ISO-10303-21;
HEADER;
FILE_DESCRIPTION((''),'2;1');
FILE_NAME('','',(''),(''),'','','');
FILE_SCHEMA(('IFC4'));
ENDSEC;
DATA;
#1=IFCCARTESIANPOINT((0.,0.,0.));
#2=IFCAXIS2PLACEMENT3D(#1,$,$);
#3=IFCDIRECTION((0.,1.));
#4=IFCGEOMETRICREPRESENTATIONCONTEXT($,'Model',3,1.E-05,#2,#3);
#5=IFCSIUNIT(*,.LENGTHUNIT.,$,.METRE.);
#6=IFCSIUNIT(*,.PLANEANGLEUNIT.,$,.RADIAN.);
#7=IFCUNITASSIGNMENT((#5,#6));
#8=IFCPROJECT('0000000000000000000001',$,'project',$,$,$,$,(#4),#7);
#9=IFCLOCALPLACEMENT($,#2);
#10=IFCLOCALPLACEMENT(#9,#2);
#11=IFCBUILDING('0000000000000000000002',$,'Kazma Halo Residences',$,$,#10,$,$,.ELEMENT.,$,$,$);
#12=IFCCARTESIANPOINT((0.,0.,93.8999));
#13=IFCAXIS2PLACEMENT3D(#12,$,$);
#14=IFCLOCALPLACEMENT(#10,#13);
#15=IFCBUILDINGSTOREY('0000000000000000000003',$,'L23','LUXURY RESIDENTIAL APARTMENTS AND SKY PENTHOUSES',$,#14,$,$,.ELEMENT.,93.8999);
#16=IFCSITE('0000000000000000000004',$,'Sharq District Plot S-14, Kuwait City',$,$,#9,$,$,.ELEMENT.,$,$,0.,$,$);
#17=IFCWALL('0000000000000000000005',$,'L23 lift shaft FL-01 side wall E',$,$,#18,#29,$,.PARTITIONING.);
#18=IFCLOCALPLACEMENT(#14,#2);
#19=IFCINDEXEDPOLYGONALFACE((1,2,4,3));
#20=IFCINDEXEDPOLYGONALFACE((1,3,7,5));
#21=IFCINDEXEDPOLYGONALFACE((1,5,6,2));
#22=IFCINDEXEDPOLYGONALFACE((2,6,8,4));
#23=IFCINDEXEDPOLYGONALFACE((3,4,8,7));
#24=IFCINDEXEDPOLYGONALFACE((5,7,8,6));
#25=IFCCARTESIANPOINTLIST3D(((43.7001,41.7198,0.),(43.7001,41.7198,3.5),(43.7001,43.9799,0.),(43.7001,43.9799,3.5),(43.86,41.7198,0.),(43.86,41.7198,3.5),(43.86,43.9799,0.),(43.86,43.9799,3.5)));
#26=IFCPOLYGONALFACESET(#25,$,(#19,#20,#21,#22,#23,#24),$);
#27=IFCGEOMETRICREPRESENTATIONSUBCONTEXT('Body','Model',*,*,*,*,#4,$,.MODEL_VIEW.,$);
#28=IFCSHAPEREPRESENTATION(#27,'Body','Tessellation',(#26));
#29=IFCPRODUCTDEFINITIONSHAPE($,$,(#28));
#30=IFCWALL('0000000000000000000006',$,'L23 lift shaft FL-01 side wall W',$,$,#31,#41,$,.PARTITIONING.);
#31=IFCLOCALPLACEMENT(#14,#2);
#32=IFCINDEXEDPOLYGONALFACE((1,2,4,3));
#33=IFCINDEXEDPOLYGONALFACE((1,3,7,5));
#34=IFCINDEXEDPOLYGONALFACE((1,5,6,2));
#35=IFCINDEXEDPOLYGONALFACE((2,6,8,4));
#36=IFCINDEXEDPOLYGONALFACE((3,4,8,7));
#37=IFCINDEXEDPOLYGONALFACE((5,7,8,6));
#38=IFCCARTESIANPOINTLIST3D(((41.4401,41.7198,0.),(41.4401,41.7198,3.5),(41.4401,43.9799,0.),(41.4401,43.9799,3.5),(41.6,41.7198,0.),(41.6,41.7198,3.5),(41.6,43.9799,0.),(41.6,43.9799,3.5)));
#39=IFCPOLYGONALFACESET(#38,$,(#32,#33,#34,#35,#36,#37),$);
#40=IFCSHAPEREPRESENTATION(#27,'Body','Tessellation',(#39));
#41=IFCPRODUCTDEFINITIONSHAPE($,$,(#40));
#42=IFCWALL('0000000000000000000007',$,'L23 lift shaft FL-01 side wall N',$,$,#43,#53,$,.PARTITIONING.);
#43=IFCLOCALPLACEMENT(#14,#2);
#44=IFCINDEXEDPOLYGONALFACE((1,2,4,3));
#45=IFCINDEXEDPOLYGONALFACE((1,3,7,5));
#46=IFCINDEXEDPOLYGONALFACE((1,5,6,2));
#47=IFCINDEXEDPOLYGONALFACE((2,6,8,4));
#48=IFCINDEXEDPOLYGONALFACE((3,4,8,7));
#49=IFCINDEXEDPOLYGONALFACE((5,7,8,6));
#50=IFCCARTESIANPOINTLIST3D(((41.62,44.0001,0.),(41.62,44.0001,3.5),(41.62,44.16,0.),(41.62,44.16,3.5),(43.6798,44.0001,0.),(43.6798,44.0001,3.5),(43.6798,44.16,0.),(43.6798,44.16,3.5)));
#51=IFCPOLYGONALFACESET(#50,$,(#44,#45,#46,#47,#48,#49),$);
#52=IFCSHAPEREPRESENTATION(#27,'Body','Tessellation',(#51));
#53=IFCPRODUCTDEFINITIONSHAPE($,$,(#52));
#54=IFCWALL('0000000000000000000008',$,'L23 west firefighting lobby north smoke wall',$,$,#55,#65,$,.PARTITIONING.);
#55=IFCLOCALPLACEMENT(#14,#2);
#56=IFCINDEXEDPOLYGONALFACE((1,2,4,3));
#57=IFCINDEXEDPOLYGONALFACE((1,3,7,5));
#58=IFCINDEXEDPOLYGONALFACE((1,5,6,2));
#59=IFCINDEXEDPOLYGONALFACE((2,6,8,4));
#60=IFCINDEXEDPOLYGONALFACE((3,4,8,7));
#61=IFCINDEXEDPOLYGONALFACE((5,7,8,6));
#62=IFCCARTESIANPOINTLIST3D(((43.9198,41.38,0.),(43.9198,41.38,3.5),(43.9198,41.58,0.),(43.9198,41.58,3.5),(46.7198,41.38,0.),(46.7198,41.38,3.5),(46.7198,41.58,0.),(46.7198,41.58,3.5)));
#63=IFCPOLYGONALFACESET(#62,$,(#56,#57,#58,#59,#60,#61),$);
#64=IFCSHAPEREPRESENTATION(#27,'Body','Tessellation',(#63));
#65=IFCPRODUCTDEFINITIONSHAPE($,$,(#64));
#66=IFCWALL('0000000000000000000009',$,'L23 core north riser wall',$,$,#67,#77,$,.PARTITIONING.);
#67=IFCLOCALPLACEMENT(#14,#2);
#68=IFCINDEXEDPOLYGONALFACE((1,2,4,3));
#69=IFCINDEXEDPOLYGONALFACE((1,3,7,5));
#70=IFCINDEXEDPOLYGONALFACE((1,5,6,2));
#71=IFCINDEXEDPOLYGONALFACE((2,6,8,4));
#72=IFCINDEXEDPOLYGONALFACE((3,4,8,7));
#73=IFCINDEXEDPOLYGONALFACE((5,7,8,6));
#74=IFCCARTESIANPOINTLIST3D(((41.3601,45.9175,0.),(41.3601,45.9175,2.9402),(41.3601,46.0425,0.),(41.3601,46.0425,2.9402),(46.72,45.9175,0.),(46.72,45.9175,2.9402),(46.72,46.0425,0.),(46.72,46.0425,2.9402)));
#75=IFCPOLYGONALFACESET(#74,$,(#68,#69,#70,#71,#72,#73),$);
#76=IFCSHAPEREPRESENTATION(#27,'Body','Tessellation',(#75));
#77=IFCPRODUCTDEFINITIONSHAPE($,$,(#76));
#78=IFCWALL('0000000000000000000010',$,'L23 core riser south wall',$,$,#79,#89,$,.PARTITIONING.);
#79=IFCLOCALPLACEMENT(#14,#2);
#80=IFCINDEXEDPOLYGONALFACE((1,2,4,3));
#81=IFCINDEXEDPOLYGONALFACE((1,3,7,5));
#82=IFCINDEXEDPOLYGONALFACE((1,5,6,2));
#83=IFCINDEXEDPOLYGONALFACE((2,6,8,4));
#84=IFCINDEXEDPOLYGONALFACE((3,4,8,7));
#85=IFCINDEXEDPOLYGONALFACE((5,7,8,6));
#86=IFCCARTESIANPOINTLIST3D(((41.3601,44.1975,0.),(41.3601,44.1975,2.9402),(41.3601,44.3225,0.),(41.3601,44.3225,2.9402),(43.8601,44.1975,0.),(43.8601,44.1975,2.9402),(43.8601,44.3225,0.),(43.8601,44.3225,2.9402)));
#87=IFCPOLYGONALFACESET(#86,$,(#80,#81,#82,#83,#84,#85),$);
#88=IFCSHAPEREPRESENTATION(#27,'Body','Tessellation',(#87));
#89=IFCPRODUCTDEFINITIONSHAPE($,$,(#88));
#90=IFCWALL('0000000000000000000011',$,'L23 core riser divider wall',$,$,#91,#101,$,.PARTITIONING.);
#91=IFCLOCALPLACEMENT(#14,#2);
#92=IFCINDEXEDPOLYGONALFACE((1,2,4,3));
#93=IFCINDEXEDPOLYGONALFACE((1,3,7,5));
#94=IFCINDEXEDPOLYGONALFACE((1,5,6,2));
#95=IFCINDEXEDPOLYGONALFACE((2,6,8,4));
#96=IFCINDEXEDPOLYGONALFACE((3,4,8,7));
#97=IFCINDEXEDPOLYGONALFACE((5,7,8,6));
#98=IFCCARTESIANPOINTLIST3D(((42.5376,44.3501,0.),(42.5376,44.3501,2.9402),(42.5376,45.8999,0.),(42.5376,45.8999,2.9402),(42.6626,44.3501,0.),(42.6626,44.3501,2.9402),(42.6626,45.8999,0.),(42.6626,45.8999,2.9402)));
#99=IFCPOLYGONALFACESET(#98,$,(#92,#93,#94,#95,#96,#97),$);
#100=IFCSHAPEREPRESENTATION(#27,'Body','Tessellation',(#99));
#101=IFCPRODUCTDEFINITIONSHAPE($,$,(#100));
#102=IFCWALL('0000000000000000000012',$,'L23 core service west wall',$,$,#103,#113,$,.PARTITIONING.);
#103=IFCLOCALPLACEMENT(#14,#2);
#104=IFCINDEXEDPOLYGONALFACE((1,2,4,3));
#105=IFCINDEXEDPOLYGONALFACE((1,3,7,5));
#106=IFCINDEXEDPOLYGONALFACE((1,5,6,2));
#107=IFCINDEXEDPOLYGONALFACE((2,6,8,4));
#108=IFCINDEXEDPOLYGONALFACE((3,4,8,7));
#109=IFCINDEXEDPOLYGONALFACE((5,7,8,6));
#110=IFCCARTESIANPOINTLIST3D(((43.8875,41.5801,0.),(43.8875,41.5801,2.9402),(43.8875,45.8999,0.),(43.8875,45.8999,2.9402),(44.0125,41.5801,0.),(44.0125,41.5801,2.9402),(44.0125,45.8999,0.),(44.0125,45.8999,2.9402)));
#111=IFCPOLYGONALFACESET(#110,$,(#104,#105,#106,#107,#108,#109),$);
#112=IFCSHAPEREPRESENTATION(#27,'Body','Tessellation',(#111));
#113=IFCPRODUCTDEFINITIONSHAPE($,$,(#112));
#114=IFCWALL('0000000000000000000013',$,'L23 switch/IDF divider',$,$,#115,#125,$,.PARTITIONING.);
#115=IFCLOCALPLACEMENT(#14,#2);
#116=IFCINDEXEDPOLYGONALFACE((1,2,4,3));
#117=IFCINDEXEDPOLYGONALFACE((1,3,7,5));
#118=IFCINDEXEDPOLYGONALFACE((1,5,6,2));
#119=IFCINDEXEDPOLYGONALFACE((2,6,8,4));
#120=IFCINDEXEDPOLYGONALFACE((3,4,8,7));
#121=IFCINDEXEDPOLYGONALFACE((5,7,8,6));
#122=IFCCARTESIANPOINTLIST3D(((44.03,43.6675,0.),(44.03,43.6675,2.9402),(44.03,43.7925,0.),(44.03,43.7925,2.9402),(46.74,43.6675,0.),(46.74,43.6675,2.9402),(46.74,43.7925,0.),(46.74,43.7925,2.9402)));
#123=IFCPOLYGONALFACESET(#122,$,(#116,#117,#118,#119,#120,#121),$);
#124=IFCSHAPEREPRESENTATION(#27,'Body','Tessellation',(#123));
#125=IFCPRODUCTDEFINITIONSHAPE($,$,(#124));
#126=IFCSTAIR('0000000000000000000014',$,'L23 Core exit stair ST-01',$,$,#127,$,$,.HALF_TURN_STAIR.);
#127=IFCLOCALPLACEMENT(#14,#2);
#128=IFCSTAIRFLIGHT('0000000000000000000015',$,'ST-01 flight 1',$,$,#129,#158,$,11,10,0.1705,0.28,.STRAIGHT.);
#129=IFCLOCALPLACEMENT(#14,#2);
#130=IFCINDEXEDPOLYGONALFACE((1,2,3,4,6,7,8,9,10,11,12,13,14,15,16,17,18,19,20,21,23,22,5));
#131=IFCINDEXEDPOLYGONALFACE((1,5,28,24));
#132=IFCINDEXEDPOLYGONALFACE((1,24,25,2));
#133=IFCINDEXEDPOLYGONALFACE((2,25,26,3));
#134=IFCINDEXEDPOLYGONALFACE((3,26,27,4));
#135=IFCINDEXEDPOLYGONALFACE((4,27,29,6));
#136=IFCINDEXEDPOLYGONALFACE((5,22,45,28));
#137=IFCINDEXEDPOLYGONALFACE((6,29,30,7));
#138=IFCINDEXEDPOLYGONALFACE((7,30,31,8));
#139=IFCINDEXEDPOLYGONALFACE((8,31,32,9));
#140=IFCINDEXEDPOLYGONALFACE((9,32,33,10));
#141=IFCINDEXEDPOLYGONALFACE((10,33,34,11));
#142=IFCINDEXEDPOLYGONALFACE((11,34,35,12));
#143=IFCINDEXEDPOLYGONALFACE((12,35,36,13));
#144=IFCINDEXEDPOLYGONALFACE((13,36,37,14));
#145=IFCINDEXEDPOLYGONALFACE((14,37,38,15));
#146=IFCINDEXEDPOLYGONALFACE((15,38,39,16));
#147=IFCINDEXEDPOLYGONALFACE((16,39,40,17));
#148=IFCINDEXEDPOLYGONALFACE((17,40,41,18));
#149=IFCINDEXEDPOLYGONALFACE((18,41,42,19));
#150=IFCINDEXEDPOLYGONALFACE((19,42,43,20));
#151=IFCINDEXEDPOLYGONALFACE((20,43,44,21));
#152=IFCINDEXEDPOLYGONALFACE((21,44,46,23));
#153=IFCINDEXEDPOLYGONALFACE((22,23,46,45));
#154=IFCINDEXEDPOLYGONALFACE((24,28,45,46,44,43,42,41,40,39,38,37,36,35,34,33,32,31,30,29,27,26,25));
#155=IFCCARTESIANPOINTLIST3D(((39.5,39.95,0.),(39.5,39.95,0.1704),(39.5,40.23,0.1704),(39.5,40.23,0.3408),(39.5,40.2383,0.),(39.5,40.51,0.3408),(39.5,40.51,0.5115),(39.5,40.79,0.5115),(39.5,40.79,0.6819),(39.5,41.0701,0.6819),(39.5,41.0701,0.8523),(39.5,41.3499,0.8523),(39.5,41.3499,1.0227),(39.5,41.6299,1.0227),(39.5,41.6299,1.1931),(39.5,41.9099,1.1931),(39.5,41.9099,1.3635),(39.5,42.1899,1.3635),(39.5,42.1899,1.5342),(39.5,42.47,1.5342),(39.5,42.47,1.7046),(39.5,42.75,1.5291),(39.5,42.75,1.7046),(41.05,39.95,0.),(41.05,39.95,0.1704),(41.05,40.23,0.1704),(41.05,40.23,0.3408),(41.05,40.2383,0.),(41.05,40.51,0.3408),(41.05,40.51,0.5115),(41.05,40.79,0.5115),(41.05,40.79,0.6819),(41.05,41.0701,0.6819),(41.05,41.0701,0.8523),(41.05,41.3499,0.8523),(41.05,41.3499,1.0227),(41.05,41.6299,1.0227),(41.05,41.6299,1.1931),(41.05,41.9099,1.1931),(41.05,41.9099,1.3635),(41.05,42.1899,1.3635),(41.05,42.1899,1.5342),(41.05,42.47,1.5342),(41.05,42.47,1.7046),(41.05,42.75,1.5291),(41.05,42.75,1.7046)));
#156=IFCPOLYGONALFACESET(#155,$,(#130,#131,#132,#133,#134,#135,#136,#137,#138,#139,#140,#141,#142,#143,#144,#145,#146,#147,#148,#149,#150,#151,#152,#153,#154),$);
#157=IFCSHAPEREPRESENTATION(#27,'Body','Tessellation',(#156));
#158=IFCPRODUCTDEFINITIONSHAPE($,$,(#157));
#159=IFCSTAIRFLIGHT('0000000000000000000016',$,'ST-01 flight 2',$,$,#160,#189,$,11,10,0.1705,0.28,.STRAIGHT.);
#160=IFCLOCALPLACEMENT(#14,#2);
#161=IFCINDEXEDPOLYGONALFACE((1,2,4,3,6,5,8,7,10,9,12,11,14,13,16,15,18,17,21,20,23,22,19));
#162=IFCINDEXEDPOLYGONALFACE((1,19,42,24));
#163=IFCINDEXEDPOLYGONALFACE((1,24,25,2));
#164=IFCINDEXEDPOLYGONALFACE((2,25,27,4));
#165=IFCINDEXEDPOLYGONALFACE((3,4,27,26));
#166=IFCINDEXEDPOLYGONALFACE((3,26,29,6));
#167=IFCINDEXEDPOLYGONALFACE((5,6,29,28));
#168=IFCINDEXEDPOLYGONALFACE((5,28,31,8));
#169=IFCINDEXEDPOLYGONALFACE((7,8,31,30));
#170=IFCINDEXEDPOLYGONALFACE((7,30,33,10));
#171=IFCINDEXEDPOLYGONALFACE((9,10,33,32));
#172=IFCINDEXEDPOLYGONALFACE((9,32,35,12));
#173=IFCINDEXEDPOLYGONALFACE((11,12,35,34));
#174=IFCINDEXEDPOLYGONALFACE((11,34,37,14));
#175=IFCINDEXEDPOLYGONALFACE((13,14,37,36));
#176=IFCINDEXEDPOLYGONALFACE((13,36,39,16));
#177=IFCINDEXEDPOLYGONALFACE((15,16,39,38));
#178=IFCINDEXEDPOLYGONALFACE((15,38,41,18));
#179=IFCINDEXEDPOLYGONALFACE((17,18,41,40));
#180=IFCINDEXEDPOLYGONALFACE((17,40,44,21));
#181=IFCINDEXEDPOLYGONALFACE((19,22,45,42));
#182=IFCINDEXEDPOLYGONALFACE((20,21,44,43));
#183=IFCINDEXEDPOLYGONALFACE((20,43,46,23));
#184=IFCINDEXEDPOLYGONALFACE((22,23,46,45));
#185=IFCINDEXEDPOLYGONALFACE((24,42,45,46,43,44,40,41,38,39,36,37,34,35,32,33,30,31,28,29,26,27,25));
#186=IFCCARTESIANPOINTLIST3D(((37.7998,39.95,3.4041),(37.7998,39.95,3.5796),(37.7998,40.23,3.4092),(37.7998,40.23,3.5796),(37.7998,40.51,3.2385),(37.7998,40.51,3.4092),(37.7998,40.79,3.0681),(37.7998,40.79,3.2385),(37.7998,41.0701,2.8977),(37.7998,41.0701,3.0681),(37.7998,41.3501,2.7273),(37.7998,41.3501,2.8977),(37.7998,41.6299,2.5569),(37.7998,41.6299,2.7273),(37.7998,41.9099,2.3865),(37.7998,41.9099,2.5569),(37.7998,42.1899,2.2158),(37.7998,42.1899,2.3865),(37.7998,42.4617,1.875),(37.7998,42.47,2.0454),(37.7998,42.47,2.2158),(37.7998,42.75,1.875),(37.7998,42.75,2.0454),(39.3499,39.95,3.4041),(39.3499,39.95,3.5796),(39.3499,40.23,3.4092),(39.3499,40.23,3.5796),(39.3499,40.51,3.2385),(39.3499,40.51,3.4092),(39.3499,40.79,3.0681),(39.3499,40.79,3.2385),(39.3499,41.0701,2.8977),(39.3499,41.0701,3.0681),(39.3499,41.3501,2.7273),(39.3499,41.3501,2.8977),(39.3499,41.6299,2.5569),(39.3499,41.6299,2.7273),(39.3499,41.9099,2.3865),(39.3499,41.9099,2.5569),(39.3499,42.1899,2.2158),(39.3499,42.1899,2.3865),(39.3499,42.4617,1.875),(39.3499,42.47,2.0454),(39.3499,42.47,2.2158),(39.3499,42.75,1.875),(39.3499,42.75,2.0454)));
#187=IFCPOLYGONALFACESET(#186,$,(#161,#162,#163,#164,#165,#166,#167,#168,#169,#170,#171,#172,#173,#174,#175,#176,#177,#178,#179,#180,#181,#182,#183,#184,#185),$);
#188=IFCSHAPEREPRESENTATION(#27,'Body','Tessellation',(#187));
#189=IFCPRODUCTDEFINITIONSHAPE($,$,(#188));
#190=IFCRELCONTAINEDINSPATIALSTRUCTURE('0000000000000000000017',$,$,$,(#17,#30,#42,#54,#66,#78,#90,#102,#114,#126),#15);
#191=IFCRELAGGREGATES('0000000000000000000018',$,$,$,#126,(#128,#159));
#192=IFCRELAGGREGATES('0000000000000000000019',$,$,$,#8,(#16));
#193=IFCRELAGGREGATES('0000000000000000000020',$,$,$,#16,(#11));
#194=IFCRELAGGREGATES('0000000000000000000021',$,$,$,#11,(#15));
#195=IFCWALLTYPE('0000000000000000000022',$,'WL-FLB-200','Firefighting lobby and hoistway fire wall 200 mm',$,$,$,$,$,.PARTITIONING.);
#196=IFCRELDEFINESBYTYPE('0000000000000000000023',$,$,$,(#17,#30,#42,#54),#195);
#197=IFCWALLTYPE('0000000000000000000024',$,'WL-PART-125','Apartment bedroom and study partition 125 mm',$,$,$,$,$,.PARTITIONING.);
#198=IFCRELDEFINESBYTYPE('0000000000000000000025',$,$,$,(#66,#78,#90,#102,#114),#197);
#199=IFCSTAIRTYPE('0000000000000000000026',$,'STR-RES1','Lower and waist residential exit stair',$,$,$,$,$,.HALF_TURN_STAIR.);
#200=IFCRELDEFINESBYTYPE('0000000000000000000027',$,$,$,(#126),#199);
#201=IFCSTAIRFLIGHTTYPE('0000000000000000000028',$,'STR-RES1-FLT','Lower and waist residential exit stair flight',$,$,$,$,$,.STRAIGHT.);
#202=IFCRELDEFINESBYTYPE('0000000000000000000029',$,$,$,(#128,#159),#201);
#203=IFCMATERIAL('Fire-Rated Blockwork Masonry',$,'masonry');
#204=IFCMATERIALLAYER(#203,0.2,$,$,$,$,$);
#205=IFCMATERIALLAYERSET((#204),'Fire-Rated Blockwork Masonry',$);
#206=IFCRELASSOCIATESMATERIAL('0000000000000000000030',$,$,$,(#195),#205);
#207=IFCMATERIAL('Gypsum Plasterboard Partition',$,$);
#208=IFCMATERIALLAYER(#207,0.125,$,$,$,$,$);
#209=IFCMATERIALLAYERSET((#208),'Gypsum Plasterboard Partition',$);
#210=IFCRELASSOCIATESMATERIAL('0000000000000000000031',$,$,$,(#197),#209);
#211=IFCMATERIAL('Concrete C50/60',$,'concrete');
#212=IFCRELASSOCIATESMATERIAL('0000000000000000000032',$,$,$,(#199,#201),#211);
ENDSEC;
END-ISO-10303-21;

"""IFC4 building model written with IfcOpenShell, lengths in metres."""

from ifc_helpers import new_model, si_unit, direction, frame, frame_2d, origin, place, context, subcontext, project, spatial, polyline, rectangle, outline, extrude, material, layer, layer_set, type_object, element, aggregate, save


model = new_model("IFC4")

# Units and contexts
model_context = context("Model", 3, precision=1e-05, world=origin(), true_north=direction((0.0, 1.0)))
body_context = subcontext(model_context, "Body", "Model", "MODEL_VIEW")
ifc_project = project(units=[si_unit("LENGTHUNIT", "METRE"), si_unit("PLANEANGLEUNIT", "RADIAN")], contexts=[model_context])

# Site, building, storey
site_placement = place(None, origin())
site = spatial("IfcSite", under=ifc_project, at=site_placement, Name="Sharq District Plot S-14, Kuwait City", CompositionType="ELEMENT", RefElevation=0.0)
building_placement = place(site_placement, origin())
building = spatial("IfcBuilding", under=site, at=building_placement, Name="Kazma Halo Residences", CompositionType="ELEMENT")
storey_placement = place(building_placement, frame((0.0, 0.0, 93.8999)))
storey = spatial("IfcBuildingStorey", under=building, at=storey_placement, Name="L23", Description="LUXURY RESIDENTIAL APARTMENTS AND SKY PENTHOUSES", CompositionType="ELEMENT", Elevation=93.8999)

# Shared definitions
ifc_material_1 = material(Name="Fire-Rated Blockwork Masonry", Category="masonry")
ifc_layer_1 = layer(ifc_material_1, 0.2)
ifc_layer_set_1 = layer_set([ifc_layer_1], Name="Fire-Rated Blockwork Masonry")
wall_type_1 = type_object("IfcWallType", Name="WL-FLB-200", Description="Firefighting lobby and hoistway fire wall 200 mm", PredefinedType="PARTITIONING", material=ifc_layer_set_1)

# Walls
for number, where, z_axis, x_axis, name in (
    (1, (43.78, 41.72, 0.0), (0.0, 0.0, 1.0), (0.0, 1.0, 0.0), "L23 lift shaft FL-01 side wall E"),
    (2, (41.52, 41.72, 0.0), (0.0, 0.0, 1.0), (0.0, 1.0, 0.0), "L23 lift shaft FL-01 side wall W"),
):
    element("IfcWall", number, at=place(storey_placement, frame(where, z_axis=z_axis, x_axis=x_axis)), inside=storey, type_object=wall_type_1, Name=name, PredefinedType="PARTITIONING", context=body_context, shape_type="SweptSolid", body=[
        extrude(rectangle(XDim=2.26, YDim=0.1599, at=frame_2d((1.1299, 0.0))), origin(), (0.0, 0.0, 1.0), 3.5),
    ])
wall_1_placement = place(storey_placement, frame((41.6201, 44.0801, 0.0), z_axis=(0.0, 0.0, 1.0), x_axis=(1.0, 0.0, 0.0)))
element("IfcWall", 3, at=wall_1_placement, inside=storey, type_object=wall_type_1, Name="L23 lift shaft FL-01 side wall N", PredefinedType="PARTITIONING", context=body_context, shape_type="SweptSolid", body=[
    extrude(rectangle(XDim=2.0598, YDim=0.1599, at=frame_2d((1.0298, 0.0))), origin(), (0.0, 0.0, 1.0), 3.5),
])
wall_2_placement = place(storey_placement, frame((43.9199, 41.48, 0.0), z_axis=(0.0, 0.0, 1.0), x_axis=(1.0, 0.0, 0.0)))
element("IfcWall", 4, at=wall_2_placement, inside=storey, type_object=wall_type_1, Name="L23 west firefighting lobby north smoke wall", PredefinedType="PARTITIONING", context=body_context, shape_type="SweptSolid", body=[
    extrude(rectangle(XDim=2.8, YDim=0.2, at=frame_2d((1.3999, 0.0))), origin(), (0.0, 0.0, 1.0), 3.5),
])
ifc_material_2 = material(Name="Gypsum Plasterboard Partition")
ifc_layer_2 = layer(ifc_material_2, 0.125)
ifc_layer_set_2 = layer_set([ifc_layer_2], Name="Gypsum Plasterboard Partition")
wall_type_2 = type_object("IfcWallType", Name="WL-PART-125", Description="Apartment bedroom and study partition 125 mm", PredefinedType="PARTITIONING", material=ifc_layer_set_2)
wall_3_placement = place(storey_placement, frame((41.3601, 45.98, 0.0), z_axis=(0.0, 0.0, 1.0), x_axis=(1.0, 0.0, 0.0)))
element("IfcWall", 5, at=wall_3_placement, inside=storey, type_object=wall_type_2, Name="L23 core north riser wall", PredefinedType="PARTITIONING", context=body_context, shape_type="SweptSolid", body=[
    extrude(rectangle(XDim=5.3599, YDim=0.125, at=frame_2d((2.6799, 0.0))), origin(), (0.0, 0.0, 1.0), 2.9402),
])
wall_4_placement = place(storey_placement, frame((41.3601, 44.26, 0.0), z_axis=(0.0, 0.0, 1.0), x_axis=(1.0, 0.0, 0.0)))
element("IfcWall", 6, at=wall_4_placement, inside=storey, type_object=wall_type_2, Name="L23 core riser south wall", PredefinedType="PARTITIONING", context=body_context, shape_type="SweptSolid", body=[
    extrude(rectangle(XDim=2.5, YDim=0.125, at=frame_2d((1.25, 0.0))), origin(), (0.0, 0.0, 1.0), 2.9402),
])
wall_5_placement = place(storey_placement, frame((42.6001, 44.3501, 0.0), z_axis=(0.0, 0.0, 1.0), x_axis=(0.0, 1.0, 0.0)))
element("IfcWall", 7, at=wall_5_placement, inside=storey, type_object=wall_type_2, Name="L23 core riser divider wall", PredefinedType="PARTITIONING", context=body_context, shape_type="SweptSolid", body=[
    extrude(rectangle(XDim=1.5498, YDim=0.125, at=frame_2d((0.7749, 0.0))), origin(), (0.0, 0.0, 1.0), 2.9402),
])
wall_6_placement = place(storey_placement, frame((43.95, 41.5801, 0.0), z_axis=(0.0, 0.0, 1.0), x_axis=(0.0, 1.0, 0.0)))
element("IfcWall", 8, at=wall_6_placement, inside=storey, type_object=wall_type_2, Name="L23 core service west wall", PredefinedType="PARTITIONING", context=body_context, shape_type="SweptSolid", body=[
    extrude(rectangle(XDim=4.3198, YDim=0.125, at=frame_2d((2.1599, 0.0))), origin(), (0.0, 0.0, 1.0), 2.9402),
])
wall_7_placement = place(storey_placement, frame((44.03, 43.73, 0.0), z_axis=(0.0, 0.0, 1.0), x_axis=(1.0, 0.0, 0.0)))
element("IfcWall", 9, at=wall_7_placement, inside=storey, type_object=wall_type_2, Name="L23 switch/IDF divider", PredefinedType="PARTITIONING", context=body_context, shape_type="SweptSolid", body=[
    extrude(rectangle(XDim=2.71, YDim=0.125, at=frame_2d((1.355, 0.0))), origin(), (0.0, 0.0, 1.0), 2.9402),
])

# Stair, stair flights
ifc_material_3 = material(Name="Concrete C50/60", Category="concrete")
stair_type = type_object("IfcStairType", Name="STR-RES1", Description="Lower and waist residential exit stair", PredefinedType="HALF_TURN_STAIR", material=ifc_material_3)
stair_placement = place(storey_placement, origin())
stair = element("IfcStair", 10, at=stair_placement, inside=storey, type_object=stair_type, Name="L23 Core exit stair ST-01", PredefinedType="HALF_TURN_STAIR")
stair_flight_type = type_object("IfcStairFlightType", Name="STR-RES1-FLT", Description="Lower and waist residential exit stair flight", PredefinedType="STRAIGHT", material=ifc_material_3)
stair_flight_1_placement = place(storey_placement, frame((40.2749, 39.95, 0.0), z_axis=(0.0, 0.0, 1.0), x_axis=(0.0, 1.0, 0.0)))
stair_flight_1 = element("IfcStairFlight", 11, at=stair_flight_1_placement, type_object=stair_flight_type, Name="ST-01 flight 1", NumberOfRisers=11, NumberOfTreads=10, PredefinedType="STRAIGHT", RiserHeight=0.1705, TreadLength=0.28, context=body_context, shape_type="SweptSolid", body=[
    extrude(outline(polyline([(0.0, 0.0), (0.0, 0.1704), (0.28, 0.1704), (0.28, 0.3408), (0.5601, 0.3408), (0.5601, 0.5115), (0.8401, 0.5115), (0.8401, 0.6819), (1.1201, 0.6819), (1.1201, 0.8523), (1.3999, 0.8523), (1.3999, 1.0227), (1.6799, 1.0227), (1.6799, 1.1931), (1.96, 1.1931), (1.96, 1.3635), (2.24, 1.3635), (2.24, 1.5342), (2.52, 1.5342), (2.52, 1.7046), (2.8, 1.7046), (2.8, 1.875), (2.8, 1.5291), (0.2883, 0.0), (0.0, 0.0)])), frame((0.0, 0.7749, 0.0), z_axis=(0.0, -1.0, 0.0), x_axis=(1.0, 0.0, 0.0)), (0.0, 0.0, 1.0), 1.55),
])
stair_flight_2_placement = place(storey_placement, frame((38.575, 42.75, 1.875), z_axis=(0.0, 0.0, 1.0), x_axis=(0.0, -1.0, 0.0)))
stair_flight_2 = element("IfcStairFlight", 12, at=stair_flight_2_placement, type_object=stair_flight_type, Name="ST-01 flight 2", NumberOfRisers=11, NumberOfTreads=10, PredefinedType="STRAIGHT", RiserHeight=0.1705, TreadLength=0.28, context=body_context, shape_type="SweptSolid", body=[
    extrude(outline(polyline([(0.0, 0.0), (0.0, 0.1704), (0.28, 0.1704), (0.28, 0.3408), (0.5601, 0.3408), (0.5601, 0.5115), (0.8401, 0.5115), (0.8401, 0.6819), (1.1201, 0.6819), (1.1201, 0.8523), (1.3999, 0.8523), (1.3999, 1.0227), (1.6799, 1.0227), (1.6799, 1.1931), (1.96, 1.1931), (1.96, 1.3635), (2.24, 1.3635), (2.24, 1.5342), (2.52, 1.5342), (2.52, 1.7046), (2.8, 1.7046), (2.8, 1.875), (2.8, 1.5291), (0.2883, 0.0), (0.0, 0.0)])), frame((0.0, 0.7749, 0.0), z_axis=(0.0, -1.0, 0.0), x_axis=(1.0, 0.0, 0.0)), (0.0, 0.0, 1.0), 1.55),
])
aggregate(stair, [stair_flight_1, stair_flight_2])

save(model, "model.ifc")
